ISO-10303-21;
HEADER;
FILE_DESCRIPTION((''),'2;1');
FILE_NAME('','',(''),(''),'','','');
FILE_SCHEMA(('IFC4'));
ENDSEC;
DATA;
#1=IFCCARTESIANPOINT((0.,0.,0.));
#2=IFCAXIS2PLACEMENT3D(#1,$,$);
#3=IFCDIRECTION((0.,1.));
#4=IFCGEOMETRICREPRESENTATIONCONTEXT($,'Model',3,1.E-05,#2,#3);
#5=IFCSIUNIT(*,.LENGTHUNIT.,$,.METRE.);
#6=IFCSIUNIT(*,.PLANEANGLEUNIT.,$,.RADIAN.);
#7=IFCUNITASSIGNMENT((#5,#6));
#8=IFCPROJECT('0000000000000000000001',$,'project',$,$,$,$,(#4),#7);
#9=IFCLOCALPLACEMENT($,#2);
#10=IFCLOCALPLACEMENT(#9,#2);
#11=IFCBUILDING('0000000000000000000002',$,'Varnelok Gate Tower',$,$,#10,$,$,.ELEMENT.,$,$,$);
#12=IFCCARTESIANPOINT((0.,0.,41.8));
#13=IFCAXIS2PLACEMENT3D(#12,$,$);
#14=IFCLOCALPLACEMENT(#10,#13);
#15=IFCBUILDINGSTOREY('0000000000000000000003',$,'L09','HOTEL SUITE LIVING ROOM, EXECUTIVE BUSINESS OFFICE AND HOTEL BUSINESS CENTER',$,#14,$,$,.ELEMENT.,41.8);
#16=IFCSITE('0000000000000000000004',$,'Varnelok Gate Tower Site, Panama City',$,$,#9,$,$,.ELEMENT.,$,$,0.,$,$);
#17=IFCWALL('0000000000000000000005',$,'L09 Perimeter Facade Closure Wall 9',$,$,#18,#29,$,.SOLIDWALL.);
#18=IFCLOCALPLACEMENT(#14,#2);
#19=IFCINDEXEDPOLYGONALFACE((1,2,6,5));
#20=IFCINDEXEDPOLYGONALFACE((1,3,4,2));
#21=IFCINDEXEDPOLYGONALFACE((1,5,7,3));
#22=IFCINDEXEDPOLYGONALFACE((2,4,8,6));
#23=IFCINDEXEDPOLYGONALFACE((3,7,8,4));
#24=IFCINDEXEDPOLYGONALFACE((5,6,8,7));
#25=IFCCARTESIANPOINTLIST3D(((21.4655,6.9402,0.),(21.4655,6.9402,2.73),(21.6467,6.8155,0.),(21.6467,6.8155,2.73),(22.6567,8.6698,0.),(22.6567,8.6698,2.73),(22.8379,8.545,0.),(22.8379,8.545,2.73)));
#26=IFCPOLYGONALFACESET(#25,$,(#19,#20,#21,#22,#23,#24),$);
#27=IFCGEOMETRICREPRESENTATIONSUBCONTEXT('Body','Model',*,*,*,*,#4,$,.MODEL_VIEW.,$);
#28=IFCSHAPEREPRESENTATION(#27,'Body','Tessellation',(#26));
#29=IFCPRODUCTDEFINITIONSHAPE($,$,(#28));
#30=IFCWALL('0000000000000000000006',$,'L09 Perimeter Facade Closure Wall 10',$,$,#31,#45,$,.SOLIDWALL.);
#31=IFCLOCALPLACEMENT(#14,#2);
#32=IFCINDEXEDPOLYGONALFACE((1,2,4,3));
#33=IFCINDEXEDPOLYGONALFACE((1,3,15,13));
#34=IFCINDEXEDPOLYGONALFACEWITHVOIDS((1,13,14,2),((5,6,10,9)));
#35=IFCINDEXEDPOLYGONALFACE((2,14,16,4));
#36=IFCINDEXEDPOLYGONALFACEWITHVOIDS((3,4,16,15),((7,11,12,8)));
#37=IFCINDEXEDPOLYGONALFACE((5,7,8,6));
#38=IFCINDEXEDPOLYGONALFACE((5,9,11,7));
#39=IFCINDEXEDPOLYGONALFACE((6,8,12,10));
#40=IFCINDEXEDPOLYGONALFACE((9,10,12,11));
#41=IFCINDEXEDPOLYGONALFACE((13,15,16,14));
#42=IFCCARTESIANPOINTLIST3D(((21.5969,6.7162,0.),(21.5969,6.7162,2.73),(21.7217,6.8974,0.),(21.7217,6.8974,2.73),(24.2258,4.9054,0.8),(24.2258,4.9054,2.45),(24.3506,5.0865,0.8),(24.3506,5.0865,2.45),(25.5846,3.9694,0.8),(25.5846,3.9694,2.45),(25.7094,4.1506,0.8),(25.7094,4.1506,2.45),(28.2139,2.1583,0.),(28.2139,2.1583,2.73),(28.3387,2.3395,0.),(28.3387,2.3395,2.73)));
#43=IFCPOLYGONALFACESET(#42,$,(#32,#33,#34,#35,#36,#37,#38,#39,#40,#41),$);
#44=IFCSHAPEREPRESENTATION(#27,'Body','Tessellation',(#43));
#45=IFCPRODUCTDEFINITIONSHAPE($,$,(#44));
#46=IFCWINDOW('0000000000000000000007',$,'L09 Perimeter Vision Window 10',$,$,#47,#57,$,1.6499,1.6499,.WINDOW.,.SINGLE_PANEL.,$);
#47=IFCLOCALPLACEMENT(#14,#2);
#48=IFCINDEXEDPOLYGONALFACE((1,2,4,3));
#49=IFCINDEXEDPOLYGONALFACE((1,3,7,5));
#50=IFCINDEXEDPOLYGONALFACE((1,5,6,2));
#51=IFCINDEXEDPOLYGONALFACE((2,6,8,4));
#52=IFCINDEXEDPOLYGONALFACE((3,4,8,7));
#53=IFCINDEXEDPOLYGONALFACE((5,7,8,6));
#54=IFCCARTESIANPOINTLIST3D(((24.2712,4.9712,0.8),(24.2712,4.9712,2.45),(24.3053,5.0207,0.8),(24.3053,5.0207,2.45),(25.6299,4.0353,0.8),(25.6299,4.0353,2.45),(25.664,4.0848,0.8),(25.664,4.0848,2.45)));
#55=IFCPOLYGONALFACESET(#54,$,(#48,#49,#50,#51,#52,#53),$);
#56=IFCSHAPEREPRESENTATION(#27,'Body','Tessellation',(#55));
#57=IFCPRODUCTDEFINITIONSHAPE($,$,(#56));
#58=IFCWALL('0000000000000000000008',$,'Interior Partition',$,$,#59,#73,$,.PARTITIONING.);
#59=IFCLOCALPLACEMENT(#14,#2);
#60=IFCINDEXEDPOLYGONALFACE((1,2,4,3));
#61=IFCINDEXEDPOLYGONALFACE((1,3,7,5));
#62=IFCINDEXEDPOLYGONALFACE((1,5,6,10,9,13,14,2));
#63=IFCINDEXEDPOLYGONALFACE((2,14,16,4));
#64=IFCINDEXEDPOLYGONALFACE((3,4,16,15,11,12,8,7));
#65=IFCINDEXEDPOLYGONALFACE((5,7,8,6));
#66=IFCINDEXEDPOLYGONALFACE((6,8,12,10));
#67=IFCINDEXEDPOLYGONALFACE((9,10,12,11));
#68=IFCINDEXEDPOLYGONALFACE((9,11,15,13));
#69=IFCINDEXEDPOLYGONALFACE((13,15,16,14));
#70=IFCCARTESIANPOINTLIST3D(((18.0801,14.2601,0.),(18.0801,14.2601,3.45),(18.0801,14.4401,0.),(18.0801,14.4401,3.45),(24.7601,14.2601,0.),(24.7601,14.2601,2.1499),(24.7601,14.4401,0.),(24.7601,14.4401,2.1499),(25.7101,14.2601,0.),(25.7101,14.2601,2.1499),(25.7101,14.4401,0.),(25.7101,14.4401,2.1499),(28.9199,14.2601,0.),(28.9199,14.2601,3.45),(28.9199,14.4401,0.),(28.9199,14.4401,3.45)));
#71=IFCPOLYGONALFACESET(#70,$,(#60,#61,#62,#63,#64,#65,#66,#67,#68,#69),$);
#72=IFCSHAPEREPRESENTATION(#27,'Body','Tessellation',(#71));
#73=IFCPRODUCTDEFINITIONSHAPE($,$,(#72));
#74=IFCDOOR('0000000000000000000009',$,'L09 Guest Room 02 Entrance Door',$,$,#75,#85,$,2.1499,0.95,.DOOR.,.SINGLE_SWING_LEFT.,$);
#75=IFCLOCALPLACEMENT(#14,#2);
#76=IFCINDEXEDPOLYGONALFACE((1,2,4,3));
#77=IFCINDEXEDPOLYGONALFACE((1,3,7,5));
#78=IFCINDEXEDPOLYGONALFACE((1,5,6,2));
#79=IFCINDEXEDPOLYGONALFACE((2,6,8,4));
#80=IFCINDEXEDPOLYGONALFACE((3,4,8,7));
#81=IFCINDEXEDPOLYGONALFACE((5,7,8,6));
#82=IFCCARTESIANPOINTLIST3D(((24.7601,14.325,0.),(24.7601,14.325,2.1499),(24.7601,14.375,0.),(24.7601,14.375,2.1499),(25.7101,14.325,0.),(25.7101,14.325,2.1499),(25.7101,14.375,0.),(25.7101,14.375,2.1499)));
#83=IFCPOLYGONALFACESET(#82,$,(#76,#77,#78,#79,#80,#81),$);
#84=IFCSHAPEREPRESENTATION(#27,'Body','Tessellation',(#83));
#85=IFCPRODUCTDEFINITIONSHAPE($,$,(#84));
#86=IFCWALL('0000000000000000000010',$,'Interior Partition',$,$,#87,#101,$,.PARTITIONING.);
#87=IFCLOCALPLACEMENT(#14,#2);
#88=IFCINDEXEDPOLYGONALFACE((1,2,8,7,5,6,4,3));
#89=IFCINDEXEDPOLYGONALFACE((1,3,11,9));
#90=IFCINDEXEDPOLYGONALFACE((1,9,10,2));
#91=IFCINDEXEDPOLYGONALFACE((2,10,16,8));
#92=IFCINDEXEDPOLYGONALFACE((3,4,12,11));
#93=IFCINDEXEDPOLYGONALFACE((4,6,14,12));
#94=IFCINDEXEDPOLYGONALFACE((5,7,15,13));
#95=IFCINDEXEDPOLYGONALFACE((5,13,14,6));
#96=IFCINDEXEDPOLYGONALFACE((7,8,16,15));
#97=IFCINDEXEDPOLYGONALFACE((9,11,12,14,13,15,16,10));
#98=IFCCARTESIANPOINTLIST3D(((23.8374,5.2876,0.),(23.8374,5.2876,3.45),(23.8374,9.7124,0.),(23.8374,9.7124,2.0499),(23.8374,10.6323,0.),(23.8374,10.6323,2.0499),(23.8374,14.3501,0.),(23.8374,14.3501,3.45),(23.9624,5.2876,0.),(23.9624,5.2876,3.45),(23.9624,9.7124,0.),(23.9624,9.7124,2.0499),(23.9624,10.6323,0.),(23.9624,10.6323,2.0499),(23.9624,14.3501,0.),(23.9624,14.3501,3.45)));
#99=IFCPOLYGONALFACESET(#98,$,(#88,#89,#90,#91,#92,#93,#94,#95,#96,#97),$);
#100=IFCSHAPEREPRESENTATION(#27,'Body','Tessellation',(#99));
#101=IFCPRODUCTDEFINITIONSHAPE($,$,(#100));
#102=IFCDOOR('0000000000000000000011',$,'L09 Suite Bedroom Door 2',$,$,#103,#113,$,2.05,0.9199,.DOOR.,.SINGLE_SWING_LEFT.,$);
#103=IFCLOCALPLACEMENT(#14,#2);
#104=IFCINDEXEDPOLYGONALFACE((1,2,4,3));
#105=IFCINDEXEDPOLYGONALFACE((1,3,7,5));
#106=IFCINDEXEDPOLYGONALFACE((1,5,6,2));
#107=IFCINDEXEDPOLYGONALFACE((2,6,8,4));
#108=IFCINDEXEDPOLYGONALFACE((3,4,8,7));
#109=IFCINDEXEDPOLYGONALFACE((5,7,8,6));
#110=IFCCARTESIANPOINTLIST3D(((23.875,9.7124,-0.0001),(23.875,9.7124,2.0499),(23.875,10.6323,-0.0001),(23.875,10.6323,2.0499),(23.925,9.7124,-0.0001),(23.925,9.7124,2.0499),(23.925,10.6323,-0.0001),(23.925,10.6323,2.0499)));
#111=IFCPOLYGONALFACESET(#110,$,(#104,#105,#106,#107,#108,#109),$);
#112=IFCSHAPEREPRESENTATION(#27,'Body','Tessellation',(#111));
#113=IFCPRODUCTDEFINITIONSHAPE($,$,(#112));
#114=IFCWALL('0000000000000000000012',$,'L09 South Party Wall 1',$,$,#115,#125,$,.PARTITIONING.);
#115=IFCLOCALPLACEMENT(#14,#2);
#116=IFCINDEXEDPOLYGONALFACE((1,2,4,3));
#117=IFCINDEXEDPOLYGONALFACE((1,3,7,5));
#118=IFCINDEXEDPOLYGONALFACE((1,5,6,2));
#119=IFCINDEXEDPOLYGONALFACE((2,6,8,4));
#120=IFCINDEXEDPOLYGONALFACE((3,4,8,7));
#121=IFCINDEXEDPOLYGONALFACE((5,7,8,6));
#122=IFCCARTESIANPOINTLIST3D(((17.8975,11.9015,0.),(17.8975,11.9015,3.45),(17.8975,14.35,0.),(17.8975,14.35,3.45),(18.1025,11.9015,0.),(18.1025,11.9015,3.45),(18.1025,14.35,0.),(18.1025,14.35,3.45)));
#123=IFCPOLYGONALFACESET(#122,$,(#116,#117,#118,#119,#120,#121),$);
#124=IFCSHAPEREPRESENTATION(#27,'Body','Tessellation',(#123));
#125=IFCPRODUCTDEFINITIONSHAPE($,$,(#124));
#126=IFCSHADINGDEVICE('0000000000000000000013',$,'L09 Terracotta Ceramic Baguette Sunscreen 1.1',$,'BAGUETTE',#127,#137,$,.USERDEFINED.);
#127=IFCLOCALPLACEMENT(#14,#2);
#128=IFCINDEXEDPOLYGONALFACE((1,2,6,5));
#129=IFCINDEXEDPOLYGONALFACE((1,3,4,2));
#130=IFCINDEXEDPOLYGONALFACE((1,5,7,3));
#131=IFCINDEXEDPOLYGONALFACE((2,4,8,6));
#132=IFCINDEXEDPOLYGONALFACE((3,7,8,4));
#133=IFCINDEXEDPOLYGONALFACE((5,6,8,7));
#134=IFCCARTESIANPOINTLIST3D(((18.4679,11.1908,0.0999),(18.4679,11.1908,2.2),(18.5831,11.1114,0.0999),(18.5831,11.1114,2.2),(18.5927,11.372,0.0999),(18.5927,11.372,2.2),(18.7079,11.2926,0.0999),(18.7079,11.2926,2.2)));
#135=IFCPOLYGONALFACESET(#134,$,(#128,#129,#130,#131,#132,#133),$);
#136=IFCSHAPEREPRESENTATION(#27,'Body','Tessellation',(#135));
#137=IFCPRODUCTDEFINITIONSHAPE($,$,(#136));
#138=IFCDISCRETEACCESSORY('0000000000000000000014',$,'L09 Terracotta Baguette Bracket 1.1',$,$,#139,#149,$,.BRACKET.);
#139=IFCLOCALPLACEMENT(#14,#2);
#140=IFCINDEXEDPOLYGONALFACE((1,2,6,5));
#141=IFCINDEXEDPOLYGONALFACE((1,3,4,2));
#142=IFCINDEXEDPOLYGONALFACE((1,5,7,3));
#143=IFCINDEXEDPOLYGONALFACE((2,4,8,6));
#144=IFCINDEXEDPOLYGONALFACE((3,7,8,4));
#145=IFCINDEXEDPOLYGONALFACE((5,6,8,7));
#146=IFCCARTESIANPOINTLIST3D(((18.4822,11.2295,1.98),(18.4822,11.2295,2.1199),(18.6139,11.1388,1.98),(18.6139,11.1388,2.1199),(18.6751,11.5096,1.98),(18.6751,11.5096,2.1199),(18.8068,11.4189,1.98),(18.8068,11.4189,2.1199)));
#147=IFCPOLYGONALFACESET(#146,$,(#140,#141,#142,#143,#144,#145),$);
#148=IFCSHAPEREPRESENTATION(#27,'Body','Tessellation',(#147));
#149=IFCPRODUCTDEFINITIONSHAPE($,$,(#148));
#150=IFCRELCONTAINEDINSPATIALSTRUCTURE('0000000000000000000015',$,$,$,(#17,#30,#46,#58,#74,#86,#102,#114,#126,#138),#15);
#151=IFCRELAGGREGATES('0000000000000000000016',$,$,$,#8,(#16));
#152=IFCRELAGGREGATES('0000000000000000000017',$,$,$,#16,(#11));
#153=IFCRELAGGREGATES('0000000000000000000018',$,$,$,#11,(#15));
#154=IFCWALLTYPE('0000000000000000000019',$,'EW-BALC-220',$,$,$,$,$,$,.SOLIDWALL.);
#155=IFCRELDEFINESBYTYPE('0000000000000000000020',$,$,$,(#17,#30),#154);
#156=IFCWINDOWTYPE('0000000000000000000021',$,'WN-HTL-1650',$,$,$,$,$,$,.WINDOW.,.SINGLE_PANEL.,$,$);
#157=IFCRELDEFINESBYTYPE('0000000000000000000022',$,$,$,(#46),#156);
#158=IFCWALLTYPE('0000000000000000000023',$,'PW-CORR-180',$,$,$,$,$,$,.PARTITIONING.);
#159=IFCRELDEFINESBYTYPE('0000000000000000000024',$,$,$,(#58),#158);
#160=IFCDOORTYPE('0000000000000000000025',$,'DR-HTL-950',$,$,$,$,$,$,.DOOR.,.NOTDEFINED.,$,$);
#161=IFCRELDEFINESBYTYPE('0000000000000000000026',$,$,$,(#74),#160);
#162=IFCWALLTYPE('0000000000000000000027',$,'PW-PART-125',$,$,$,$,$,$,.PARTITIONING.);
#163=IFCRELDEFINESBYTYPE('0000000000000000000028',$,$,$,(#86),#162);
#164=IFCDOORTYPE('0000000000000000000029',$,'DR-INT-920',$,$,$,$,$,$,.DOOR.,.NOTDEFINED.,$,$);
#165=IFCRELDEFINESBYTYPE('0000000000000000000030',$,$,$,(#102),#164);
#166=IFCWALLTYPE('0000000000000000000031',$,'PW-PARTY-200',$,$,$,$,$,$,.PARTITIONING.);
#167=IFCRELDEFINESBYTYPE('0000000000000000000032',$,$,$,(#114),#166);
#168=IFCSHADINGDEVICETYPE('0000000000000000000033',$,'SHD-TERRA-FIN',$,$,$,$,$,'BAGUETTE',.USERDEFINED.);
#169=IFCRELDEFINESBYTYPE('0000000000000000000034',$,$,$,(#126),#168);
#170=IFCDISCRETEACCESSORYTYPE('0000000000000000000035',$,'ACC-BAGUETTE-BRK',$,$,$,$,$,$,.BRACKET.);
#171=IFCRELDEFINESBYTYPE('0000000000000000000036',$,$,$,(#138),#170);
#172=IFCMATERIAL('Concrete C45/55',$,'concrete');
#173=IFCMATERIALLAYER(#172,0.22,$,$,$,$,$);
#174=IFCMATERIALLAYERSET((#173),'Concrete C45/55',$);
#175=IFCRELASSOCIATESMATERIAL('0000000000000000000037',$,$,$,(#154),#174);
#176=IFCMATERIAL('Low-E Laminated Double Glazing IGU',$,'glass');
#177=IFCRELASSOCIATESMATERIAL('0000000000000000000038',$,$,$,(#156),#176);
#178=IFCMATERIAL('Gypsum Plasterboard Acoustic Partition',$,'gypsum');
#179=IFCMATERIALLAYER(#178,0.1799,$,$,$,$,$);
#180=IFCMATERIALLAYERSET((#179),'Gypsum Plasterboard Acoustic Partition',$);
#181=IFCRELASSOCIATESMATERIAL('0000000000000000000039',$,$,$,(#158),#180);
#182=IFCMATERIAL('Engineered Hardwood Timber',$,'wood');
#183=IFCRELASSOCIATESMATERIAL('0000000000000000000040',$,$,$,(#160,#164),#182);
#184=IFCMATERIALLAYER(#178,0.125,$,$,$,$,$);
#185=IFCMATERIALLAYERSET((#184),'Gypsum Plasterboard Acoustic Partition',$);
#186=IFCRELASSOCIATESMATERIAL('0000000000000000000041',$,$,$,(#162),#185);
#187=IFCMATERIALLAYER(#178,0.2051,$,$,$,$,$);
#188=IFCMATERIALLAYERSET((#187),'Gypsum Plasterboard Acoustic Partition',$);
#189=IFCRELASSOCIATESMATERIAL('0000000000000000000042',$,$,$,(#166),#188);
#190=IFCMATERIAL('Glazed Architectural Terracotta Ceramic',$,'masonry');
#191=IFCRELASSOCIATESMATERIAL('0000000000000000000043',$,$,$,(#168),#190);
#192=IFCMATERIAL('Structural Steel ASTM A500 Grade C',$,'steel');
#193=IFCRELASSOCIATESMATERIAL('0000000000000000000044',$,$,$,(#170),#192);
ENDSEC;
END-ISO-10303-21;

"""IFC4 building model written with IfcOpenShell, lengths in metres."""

from ifc_helpers import new_model, si_unit, direction, frame, frame_2d, origin, origin_2d, place, context, subcontext, project, spatial, rectangle, extrude, source, transform, mapped, material, layer, layer_set, type_object, element, fill, save


model = new_model("IFC4")

# Units and contexts
model_context = context("Model", 3, precision=1e-05, world=origin(), true_north=direction((0.0, 1.0)))
body_context = subcontext(model_context, "Body", "Model", "MODEL_VIEW")
ifc_project = project(units=[si_unit("LENGTHUNIT", "METRE"), si_unit("PLANEANGLEUNIT", "RADIAN")], contexts=[model_context])

# Site, building, storey
site_placement = place(None, origin())
site = spatial("IfcSite", under=ifc_project, at=site_placement, Name="Varnelok Gate Tower Site, Panama City", CompositionType="ELEMENT", RefElevation=0.0)
building_placement = place(site_placement, origin())
building = spatial("IfcBuilding", under=site, at=building_placement, Name="Varnelok Gate Tower", CompositionType="ELEMENT")
storey_placement = place(building_placement, frame((0.0, 0.0, 41.8)))
storey = spatial("IfcBuildingStorey", under=building, at=storey_placement, Name="L09", Description="HOTEL SUITE LIVING ROOM, EXECUTIVE BUSINESS OFFICE AND HOTEL BUSINESS CENTER", CompositionType="ELEMENT", Elevation=41.8)

# Shared definitions
ifc_material_1 = material(Name="Concrete C45/55", Category="concrete")
ifc_layer_1 = layer(ifc_material_1, 0.22)
ifc_layer_set_1 = layer_set([ifc_layer_1], Name="Concrete C45/55")
wall_type_1 = type_object("IfcWallType", Name="EW-BALC-220", PredefinedType="SOLIDWALL", material=ifc_layer_set_1)

# Wall
wall_1_placement = place(storey_placement, frame((22.7473, 8.6074, 0.0), z_axis=(0.0, 0.0, 1.0), x_axis=(-0.567219, -0.823567, 0.0)))
element("IfcWall", 1, at=wall_1_placement, inside=storey, type_object=wall_type_1, Name="L09 Perimeter Facade Closure Wall 9", PredefinedType="SOLIDWALL", context=body_context, shape_type="SweptSolid", body=[
    extrude(rectangle(XDim=2.1001, YDim=0.22, at=frame_2d((1.05, 0.0))), origin(), (0.0, 0.0, 1.0), 2.73),
])

# Wall, opening, window
wall_2_placement = place(storey_placement, frame((21.6592, 6.8069, 0.0), z_axis=(0.0, 0.0, 1.0), x_axis=(0.823535, -0.567265, 0.0)))
wall_2 = element("IfcWall", 2, at=wall_2_placement, inside=storey, type_object=wall_type_1, Name="L09 Perimeter Facade Closure Wall 10", PredefinedType="SOLIDWALL", context=body_context, shape_type="SweptSolid", body=[
    extrude(rectangle(XDim=8.0349, YDim=0.22, at=frame_2d((4.0176, 0.0))), origin(), (0.0, 0.0, 1.0), 2.73),
])
opening_1_placement = place(wall_2_placement, frame((3.1924, 0.0, 0.8)))
opening_1 = element("IfcOpeningElement", 3, at=opening_1_placement, cuts=wall_2, PredefinedType="OPENING", context=body_context, shape_type="SweptSolid", body=[
    extrude(rectangle(XDim=1.6499, YDim=1.6499, at=frame_2d((0.825, 0.825))), frame((0.0, 0.1199, 0.0), z_axis=(0.0, -1.0, 0.0), x_axis=(1.0, 0.0, 0.0)), (0.0, 0.0, 1.0), 0.24),
])
ifc_material_2 = material(Name="Low-E Laminated Double Glazing IGU", Category="glass")
window_type = type_object("IfcWindowType", Name="WN-HTL-1650", PartitioningType="SINGLE_PANEL", PredefinedType="WINDOW", material=ifc_material_2)
window_placement = place(opening_1_placement, origin())
window = element("IfcWindow", 4, at=window_placement, inside=storey, type_object=window_type, Name="L09 Perimeter Vision Window 10", OverallHeight=1.6499, OverallWidth=1.6499, PartitioningType="SINGLE_PANEL", PredefinedType="WINDOW", context=body_context, shape_type="SweptSolid", body=[
    extrude(rectangle(XDim=1.6499, YDim=1.6499, at=frame_2d((0.825, 0.825))), frame((0.0, 0.03, 0.0), z_axis=(0.0, -1.0, 0.0), x_axis=(1.0, 0.0, 0.0)), (0.0, 0.0, 1.0), 0.0601),
])
fill(opening_1, window)

# Walls, openings, doors
ifc_material_3 = material(Name="Gypsum Plasterboard Acoustic Partition", Category="gypsum")
ifc_layer_2 = layer(ifc_material_3, 0.1799)
ifc_layer_set_2 = layer_set([ifc_layer_2], Name="Gypsum Plasterboard Acoustic Partition")
wall_type_2 = type_object("IfcWallType", Name="PW-CORR-180", PredefinedType="PARTITIONING", material=ifc_layer_set_2)
wall_3_placement = place(storey_placement, frame((18.0801, 14.3501, 0.0), z_axis=(0.0, 0.0, 1.0), x_axis=(1.0, 0.0, 0.0)))
wall_3 = element("IfcWall", 5, at=wall_3_placement, inside=storey, type_object=wall_type_2, Name="Interior Partition", PredefinedType="PARTITIONING", context=body_context, shape_type="SweptSolid", body=[
    extrude(rectangle(XDim=10.8398, YDim=0.1799, at=frame_2d((5.4199, 0.0))), origin(), (0.0, 0.0, 1.0), 3.45),
])
opening_2_placement = place(wall_3_placement, frame((6.6799, 0.0, 0.0)))
opening_2 = element("IfcOpeningElement", 6, at=opening_2_placement, cuts=wall_3, PredefinedType="OPENING", context=body_context, shape_type="SweptSolid", body=[
    extrude(rectangle(XDim=0.95, YDim=2.1499, at=frame_2d((0.4751, 1.075))), frame((0.0, 0.0999, 0.0), z_axis=(0.0, -1.0, 0.0), x_axis=(1.0, 0.0, 0.0)), (0.0, 0.0, 1.0), 0.2),
])
ifc_material_4 = material(Name="Engineered Hardwood Timber", Category="wood")
door_type_1 = type_object("IfcDoorType", Name="DR-HTL-950", OperationType="NOTDEFINED", PredefinedType="DOOR", material=ifc_material_4)
door_1_placement = place(opening_2_placement, origin())
door_1 = element("IfcDoor", 7, at=door_1_placement, inside=storey, type_object=door_type_1, Name="L09 Guest Room 02 Entrance Door", OperationType="SINGLE_SWING_LEFT", OverallHeight=2.1499, OverallWidth=0.95, PredefinedType="DOOR", context=body_context, shape_type="SweptSolid", body=[
    extrude(rectangle(XDim=0.95, YDim=2.1499, at=frame_2d((0.4751, 1.075))), frame((0.0, 0.0249, 0.0), z_axis=(0.0, -1.0, 0.0), x_axis=(1.0, 0.0, 0.0)), (0.0, 0.0, 1.0), 0.05),
])
fill(opening_2, door_1)
ifc_layer_3 = layer(ifc_material_3, 0.125)
ifc_layer_set_3 = layer_set([ifc_layer_3], Name="Gypsum Plasterboard Acoustic Partition")
wall_type_3 = type_object("IfcWallType", Name="PW-PART-125", PredefinedType="PARTITIONING", material=ifc_layer_set_3)
wall_4_placement = place(storey_placement, frame((23.8999, 5.2876, 0.0), z_axis=(0.0, 0.0, 1.0), x_axis=(0.0, 1.0, 0.0)))
wall_4 = element("IfcWall", 8, at=wall_4_placement, inside=storey, type_object=wall_type_3, Name="Interior Partition", PredefinedType="PARTITIONING", context=body_context, shape_type="SweptSolid", body=[
    extrude(rectangle(XDim=9.0625, YDim=0.125, at=frame_2d((4.5312, 0.0))), origin(), (0.0, 0.0, 1.0), 3.45),
])
opening_3_placement = place(wall_4_placement, frame((4.4248, 0.0, 0.0)))
opening_3 = element("IfcOpeningElement", 9, at=opening_3_placement, cuts=wall_4, PredefinedType="OPENING", context=body_context, shape_type="SweptSolid", body=[
    extrude(rectangle(XDim=0.9199, YDim=2.05, at=frame_2d((0.46, 1.0249))), frame((0.0, 0.0725, 0.0), z_axis=(0.0, -1.0, 0.0), x_axis=(1.0, 0.0, 0.0)), (0.0, 0.0, 1.0), 0.145),
])
door_type_2 = type_object("IfcDoorType", Name="DR-INT-920", OperationType="NOTDEFINED", PredefinedType="DOOR", material=ifc_material_4)
door_2_placement = place(opening_3_placement, origin())
door_2 = element("IfcDoor", 10, at=door_2_placement, inside=storey, type_object=door_type_2, Name="L09 Suite Bedroom Door 2", OperationType="SINGLE_SWING_LEFT", OverallHeight=2.05, OverallWidth=0.9199, PredefinedType="DOOR", context=body_context, shape_type="SweptSolid", body=[
    extrude(rectangle(XDim=0.9199, YDim=2.05, at=frame_2d((0.46, 1.0249))), frame((0.0, 0.0249, 0.0), z_axis=(0.0, -1.0, 0.0), x_axis=(1.0, 0.0, 0.0)), (0.0, 0.0, 1.0), 0.05),
])
fill(opening_3, door_2)

# Wall
ifc_layer_4 = layer(ifc_material_3, 0.2051)
ifc_layer_set_4 = layer_set([ifc_layer_4], Name="Gypsum Plasterboard Acoustic Partition")
wall_type_4 = type_object("IfcWallType", Name="PW-PARTY-200", PredefinedType="PARTITIONING", material=ifc_layer_set_4)
wall_5_placement = place(storey_placement, frame((18.0, 11.9016, 0.0), z_axis=(0.0, 0.0, 1.0), x_axis=(0.0, 1.0, 0.0)))
element("IfcWall", 11, at=wall_5_placement, inside=storey, type_object=wall_type_4, Name="L09 South Party Wall 1", PredefinedType="PARTITIONING", context=body_context, shape_type="SweptSolid", body=[
    extrude(rectangle(XDim=2.4485, YDim=0.2051, at=frame_2d((1.2241, 0.0))), origin(), (0.0, 0.0, 1.0), 3.45),
])

# Shading device
ifc_material_5 = material(Name="Glazed Architectural Terracotta Ceramic", Category="masonry")
shading_device_type = type_object("IfcShadingDeviceType", Name="SHD-TERRA-FIN", ElementType="BAGUETTE", PredefinedType="USERDEFINED", material=ifc_material_5)
shared_shape_1 = source(origin(), body_context, "Body", "SweptSolid", [
    extrude(rectangle(XDim=0.1399, YDim=0.22, at=origin_2d()), origin(), (0.0, 0.0, 1.0), 2.1001),
])
shading_device_placement = place(storey_placement, frame((18.5879, 11.2417, 0.0999), z_axis=(0.0, 0.0, 1.0), x_axis=(0.823533, -0.567269, 0.0)))
element("IfcShadingDevice", 12, at=shading_device_placement, inside=storey, type_object=shading_device_type, Name="L09 Terracotta Ceramic Baguette Sunscreen 1.1", ObjectType="BAGUETTE", PredefinedType="USERDEFINED", context=body_context, shape_type="MappedRepresentation", body=[
    mapped(shared_shape_1, transform((0.0, 0.0, 0.0), scale=1.0)),
])

# Discrete accessory
ifc_material_6 = material(Name="Structural Steel ASTM A500 Grade C", Category="steel")
discrete_accessory_type = type_object("IfcDiscreteAccessoryType", Name="ACC-BAGUETTE-BRK", PredefinedType="BRACKET", material=ifc_material_6)
shared_shape_2 = source(origin(), body_context, "Body", "SweptSolid", [
    extrude(rectangle(XDim=0.1599, YDim=0.3401, at=origin_2d()), origin(), (0.0, 0.0, 1.0), 0.1399),
])
discrete_accessory_placement = place(storey_placement, frame((18.6445, 11.3242, 1.98), z_axis=(0.0, 0.0, 1.0), x_axis=(0.823533, -0.567269, 0.0)))
element("IfcDiscreteAccessory", 13, at=discrete_accessory_placement, inside=storey, type_object=discrete_accessory_type, Name="L09 Terracotta Baguette Bracket 1.1", PredefinedType="BRACKET", context=body_context, shape_type="MappedRepresentation", body=[
    mapped(shared_shape_2, transform((0.0, 0.0, 0.0), scale=1.0)),
])

save(model, "model.ifc")
